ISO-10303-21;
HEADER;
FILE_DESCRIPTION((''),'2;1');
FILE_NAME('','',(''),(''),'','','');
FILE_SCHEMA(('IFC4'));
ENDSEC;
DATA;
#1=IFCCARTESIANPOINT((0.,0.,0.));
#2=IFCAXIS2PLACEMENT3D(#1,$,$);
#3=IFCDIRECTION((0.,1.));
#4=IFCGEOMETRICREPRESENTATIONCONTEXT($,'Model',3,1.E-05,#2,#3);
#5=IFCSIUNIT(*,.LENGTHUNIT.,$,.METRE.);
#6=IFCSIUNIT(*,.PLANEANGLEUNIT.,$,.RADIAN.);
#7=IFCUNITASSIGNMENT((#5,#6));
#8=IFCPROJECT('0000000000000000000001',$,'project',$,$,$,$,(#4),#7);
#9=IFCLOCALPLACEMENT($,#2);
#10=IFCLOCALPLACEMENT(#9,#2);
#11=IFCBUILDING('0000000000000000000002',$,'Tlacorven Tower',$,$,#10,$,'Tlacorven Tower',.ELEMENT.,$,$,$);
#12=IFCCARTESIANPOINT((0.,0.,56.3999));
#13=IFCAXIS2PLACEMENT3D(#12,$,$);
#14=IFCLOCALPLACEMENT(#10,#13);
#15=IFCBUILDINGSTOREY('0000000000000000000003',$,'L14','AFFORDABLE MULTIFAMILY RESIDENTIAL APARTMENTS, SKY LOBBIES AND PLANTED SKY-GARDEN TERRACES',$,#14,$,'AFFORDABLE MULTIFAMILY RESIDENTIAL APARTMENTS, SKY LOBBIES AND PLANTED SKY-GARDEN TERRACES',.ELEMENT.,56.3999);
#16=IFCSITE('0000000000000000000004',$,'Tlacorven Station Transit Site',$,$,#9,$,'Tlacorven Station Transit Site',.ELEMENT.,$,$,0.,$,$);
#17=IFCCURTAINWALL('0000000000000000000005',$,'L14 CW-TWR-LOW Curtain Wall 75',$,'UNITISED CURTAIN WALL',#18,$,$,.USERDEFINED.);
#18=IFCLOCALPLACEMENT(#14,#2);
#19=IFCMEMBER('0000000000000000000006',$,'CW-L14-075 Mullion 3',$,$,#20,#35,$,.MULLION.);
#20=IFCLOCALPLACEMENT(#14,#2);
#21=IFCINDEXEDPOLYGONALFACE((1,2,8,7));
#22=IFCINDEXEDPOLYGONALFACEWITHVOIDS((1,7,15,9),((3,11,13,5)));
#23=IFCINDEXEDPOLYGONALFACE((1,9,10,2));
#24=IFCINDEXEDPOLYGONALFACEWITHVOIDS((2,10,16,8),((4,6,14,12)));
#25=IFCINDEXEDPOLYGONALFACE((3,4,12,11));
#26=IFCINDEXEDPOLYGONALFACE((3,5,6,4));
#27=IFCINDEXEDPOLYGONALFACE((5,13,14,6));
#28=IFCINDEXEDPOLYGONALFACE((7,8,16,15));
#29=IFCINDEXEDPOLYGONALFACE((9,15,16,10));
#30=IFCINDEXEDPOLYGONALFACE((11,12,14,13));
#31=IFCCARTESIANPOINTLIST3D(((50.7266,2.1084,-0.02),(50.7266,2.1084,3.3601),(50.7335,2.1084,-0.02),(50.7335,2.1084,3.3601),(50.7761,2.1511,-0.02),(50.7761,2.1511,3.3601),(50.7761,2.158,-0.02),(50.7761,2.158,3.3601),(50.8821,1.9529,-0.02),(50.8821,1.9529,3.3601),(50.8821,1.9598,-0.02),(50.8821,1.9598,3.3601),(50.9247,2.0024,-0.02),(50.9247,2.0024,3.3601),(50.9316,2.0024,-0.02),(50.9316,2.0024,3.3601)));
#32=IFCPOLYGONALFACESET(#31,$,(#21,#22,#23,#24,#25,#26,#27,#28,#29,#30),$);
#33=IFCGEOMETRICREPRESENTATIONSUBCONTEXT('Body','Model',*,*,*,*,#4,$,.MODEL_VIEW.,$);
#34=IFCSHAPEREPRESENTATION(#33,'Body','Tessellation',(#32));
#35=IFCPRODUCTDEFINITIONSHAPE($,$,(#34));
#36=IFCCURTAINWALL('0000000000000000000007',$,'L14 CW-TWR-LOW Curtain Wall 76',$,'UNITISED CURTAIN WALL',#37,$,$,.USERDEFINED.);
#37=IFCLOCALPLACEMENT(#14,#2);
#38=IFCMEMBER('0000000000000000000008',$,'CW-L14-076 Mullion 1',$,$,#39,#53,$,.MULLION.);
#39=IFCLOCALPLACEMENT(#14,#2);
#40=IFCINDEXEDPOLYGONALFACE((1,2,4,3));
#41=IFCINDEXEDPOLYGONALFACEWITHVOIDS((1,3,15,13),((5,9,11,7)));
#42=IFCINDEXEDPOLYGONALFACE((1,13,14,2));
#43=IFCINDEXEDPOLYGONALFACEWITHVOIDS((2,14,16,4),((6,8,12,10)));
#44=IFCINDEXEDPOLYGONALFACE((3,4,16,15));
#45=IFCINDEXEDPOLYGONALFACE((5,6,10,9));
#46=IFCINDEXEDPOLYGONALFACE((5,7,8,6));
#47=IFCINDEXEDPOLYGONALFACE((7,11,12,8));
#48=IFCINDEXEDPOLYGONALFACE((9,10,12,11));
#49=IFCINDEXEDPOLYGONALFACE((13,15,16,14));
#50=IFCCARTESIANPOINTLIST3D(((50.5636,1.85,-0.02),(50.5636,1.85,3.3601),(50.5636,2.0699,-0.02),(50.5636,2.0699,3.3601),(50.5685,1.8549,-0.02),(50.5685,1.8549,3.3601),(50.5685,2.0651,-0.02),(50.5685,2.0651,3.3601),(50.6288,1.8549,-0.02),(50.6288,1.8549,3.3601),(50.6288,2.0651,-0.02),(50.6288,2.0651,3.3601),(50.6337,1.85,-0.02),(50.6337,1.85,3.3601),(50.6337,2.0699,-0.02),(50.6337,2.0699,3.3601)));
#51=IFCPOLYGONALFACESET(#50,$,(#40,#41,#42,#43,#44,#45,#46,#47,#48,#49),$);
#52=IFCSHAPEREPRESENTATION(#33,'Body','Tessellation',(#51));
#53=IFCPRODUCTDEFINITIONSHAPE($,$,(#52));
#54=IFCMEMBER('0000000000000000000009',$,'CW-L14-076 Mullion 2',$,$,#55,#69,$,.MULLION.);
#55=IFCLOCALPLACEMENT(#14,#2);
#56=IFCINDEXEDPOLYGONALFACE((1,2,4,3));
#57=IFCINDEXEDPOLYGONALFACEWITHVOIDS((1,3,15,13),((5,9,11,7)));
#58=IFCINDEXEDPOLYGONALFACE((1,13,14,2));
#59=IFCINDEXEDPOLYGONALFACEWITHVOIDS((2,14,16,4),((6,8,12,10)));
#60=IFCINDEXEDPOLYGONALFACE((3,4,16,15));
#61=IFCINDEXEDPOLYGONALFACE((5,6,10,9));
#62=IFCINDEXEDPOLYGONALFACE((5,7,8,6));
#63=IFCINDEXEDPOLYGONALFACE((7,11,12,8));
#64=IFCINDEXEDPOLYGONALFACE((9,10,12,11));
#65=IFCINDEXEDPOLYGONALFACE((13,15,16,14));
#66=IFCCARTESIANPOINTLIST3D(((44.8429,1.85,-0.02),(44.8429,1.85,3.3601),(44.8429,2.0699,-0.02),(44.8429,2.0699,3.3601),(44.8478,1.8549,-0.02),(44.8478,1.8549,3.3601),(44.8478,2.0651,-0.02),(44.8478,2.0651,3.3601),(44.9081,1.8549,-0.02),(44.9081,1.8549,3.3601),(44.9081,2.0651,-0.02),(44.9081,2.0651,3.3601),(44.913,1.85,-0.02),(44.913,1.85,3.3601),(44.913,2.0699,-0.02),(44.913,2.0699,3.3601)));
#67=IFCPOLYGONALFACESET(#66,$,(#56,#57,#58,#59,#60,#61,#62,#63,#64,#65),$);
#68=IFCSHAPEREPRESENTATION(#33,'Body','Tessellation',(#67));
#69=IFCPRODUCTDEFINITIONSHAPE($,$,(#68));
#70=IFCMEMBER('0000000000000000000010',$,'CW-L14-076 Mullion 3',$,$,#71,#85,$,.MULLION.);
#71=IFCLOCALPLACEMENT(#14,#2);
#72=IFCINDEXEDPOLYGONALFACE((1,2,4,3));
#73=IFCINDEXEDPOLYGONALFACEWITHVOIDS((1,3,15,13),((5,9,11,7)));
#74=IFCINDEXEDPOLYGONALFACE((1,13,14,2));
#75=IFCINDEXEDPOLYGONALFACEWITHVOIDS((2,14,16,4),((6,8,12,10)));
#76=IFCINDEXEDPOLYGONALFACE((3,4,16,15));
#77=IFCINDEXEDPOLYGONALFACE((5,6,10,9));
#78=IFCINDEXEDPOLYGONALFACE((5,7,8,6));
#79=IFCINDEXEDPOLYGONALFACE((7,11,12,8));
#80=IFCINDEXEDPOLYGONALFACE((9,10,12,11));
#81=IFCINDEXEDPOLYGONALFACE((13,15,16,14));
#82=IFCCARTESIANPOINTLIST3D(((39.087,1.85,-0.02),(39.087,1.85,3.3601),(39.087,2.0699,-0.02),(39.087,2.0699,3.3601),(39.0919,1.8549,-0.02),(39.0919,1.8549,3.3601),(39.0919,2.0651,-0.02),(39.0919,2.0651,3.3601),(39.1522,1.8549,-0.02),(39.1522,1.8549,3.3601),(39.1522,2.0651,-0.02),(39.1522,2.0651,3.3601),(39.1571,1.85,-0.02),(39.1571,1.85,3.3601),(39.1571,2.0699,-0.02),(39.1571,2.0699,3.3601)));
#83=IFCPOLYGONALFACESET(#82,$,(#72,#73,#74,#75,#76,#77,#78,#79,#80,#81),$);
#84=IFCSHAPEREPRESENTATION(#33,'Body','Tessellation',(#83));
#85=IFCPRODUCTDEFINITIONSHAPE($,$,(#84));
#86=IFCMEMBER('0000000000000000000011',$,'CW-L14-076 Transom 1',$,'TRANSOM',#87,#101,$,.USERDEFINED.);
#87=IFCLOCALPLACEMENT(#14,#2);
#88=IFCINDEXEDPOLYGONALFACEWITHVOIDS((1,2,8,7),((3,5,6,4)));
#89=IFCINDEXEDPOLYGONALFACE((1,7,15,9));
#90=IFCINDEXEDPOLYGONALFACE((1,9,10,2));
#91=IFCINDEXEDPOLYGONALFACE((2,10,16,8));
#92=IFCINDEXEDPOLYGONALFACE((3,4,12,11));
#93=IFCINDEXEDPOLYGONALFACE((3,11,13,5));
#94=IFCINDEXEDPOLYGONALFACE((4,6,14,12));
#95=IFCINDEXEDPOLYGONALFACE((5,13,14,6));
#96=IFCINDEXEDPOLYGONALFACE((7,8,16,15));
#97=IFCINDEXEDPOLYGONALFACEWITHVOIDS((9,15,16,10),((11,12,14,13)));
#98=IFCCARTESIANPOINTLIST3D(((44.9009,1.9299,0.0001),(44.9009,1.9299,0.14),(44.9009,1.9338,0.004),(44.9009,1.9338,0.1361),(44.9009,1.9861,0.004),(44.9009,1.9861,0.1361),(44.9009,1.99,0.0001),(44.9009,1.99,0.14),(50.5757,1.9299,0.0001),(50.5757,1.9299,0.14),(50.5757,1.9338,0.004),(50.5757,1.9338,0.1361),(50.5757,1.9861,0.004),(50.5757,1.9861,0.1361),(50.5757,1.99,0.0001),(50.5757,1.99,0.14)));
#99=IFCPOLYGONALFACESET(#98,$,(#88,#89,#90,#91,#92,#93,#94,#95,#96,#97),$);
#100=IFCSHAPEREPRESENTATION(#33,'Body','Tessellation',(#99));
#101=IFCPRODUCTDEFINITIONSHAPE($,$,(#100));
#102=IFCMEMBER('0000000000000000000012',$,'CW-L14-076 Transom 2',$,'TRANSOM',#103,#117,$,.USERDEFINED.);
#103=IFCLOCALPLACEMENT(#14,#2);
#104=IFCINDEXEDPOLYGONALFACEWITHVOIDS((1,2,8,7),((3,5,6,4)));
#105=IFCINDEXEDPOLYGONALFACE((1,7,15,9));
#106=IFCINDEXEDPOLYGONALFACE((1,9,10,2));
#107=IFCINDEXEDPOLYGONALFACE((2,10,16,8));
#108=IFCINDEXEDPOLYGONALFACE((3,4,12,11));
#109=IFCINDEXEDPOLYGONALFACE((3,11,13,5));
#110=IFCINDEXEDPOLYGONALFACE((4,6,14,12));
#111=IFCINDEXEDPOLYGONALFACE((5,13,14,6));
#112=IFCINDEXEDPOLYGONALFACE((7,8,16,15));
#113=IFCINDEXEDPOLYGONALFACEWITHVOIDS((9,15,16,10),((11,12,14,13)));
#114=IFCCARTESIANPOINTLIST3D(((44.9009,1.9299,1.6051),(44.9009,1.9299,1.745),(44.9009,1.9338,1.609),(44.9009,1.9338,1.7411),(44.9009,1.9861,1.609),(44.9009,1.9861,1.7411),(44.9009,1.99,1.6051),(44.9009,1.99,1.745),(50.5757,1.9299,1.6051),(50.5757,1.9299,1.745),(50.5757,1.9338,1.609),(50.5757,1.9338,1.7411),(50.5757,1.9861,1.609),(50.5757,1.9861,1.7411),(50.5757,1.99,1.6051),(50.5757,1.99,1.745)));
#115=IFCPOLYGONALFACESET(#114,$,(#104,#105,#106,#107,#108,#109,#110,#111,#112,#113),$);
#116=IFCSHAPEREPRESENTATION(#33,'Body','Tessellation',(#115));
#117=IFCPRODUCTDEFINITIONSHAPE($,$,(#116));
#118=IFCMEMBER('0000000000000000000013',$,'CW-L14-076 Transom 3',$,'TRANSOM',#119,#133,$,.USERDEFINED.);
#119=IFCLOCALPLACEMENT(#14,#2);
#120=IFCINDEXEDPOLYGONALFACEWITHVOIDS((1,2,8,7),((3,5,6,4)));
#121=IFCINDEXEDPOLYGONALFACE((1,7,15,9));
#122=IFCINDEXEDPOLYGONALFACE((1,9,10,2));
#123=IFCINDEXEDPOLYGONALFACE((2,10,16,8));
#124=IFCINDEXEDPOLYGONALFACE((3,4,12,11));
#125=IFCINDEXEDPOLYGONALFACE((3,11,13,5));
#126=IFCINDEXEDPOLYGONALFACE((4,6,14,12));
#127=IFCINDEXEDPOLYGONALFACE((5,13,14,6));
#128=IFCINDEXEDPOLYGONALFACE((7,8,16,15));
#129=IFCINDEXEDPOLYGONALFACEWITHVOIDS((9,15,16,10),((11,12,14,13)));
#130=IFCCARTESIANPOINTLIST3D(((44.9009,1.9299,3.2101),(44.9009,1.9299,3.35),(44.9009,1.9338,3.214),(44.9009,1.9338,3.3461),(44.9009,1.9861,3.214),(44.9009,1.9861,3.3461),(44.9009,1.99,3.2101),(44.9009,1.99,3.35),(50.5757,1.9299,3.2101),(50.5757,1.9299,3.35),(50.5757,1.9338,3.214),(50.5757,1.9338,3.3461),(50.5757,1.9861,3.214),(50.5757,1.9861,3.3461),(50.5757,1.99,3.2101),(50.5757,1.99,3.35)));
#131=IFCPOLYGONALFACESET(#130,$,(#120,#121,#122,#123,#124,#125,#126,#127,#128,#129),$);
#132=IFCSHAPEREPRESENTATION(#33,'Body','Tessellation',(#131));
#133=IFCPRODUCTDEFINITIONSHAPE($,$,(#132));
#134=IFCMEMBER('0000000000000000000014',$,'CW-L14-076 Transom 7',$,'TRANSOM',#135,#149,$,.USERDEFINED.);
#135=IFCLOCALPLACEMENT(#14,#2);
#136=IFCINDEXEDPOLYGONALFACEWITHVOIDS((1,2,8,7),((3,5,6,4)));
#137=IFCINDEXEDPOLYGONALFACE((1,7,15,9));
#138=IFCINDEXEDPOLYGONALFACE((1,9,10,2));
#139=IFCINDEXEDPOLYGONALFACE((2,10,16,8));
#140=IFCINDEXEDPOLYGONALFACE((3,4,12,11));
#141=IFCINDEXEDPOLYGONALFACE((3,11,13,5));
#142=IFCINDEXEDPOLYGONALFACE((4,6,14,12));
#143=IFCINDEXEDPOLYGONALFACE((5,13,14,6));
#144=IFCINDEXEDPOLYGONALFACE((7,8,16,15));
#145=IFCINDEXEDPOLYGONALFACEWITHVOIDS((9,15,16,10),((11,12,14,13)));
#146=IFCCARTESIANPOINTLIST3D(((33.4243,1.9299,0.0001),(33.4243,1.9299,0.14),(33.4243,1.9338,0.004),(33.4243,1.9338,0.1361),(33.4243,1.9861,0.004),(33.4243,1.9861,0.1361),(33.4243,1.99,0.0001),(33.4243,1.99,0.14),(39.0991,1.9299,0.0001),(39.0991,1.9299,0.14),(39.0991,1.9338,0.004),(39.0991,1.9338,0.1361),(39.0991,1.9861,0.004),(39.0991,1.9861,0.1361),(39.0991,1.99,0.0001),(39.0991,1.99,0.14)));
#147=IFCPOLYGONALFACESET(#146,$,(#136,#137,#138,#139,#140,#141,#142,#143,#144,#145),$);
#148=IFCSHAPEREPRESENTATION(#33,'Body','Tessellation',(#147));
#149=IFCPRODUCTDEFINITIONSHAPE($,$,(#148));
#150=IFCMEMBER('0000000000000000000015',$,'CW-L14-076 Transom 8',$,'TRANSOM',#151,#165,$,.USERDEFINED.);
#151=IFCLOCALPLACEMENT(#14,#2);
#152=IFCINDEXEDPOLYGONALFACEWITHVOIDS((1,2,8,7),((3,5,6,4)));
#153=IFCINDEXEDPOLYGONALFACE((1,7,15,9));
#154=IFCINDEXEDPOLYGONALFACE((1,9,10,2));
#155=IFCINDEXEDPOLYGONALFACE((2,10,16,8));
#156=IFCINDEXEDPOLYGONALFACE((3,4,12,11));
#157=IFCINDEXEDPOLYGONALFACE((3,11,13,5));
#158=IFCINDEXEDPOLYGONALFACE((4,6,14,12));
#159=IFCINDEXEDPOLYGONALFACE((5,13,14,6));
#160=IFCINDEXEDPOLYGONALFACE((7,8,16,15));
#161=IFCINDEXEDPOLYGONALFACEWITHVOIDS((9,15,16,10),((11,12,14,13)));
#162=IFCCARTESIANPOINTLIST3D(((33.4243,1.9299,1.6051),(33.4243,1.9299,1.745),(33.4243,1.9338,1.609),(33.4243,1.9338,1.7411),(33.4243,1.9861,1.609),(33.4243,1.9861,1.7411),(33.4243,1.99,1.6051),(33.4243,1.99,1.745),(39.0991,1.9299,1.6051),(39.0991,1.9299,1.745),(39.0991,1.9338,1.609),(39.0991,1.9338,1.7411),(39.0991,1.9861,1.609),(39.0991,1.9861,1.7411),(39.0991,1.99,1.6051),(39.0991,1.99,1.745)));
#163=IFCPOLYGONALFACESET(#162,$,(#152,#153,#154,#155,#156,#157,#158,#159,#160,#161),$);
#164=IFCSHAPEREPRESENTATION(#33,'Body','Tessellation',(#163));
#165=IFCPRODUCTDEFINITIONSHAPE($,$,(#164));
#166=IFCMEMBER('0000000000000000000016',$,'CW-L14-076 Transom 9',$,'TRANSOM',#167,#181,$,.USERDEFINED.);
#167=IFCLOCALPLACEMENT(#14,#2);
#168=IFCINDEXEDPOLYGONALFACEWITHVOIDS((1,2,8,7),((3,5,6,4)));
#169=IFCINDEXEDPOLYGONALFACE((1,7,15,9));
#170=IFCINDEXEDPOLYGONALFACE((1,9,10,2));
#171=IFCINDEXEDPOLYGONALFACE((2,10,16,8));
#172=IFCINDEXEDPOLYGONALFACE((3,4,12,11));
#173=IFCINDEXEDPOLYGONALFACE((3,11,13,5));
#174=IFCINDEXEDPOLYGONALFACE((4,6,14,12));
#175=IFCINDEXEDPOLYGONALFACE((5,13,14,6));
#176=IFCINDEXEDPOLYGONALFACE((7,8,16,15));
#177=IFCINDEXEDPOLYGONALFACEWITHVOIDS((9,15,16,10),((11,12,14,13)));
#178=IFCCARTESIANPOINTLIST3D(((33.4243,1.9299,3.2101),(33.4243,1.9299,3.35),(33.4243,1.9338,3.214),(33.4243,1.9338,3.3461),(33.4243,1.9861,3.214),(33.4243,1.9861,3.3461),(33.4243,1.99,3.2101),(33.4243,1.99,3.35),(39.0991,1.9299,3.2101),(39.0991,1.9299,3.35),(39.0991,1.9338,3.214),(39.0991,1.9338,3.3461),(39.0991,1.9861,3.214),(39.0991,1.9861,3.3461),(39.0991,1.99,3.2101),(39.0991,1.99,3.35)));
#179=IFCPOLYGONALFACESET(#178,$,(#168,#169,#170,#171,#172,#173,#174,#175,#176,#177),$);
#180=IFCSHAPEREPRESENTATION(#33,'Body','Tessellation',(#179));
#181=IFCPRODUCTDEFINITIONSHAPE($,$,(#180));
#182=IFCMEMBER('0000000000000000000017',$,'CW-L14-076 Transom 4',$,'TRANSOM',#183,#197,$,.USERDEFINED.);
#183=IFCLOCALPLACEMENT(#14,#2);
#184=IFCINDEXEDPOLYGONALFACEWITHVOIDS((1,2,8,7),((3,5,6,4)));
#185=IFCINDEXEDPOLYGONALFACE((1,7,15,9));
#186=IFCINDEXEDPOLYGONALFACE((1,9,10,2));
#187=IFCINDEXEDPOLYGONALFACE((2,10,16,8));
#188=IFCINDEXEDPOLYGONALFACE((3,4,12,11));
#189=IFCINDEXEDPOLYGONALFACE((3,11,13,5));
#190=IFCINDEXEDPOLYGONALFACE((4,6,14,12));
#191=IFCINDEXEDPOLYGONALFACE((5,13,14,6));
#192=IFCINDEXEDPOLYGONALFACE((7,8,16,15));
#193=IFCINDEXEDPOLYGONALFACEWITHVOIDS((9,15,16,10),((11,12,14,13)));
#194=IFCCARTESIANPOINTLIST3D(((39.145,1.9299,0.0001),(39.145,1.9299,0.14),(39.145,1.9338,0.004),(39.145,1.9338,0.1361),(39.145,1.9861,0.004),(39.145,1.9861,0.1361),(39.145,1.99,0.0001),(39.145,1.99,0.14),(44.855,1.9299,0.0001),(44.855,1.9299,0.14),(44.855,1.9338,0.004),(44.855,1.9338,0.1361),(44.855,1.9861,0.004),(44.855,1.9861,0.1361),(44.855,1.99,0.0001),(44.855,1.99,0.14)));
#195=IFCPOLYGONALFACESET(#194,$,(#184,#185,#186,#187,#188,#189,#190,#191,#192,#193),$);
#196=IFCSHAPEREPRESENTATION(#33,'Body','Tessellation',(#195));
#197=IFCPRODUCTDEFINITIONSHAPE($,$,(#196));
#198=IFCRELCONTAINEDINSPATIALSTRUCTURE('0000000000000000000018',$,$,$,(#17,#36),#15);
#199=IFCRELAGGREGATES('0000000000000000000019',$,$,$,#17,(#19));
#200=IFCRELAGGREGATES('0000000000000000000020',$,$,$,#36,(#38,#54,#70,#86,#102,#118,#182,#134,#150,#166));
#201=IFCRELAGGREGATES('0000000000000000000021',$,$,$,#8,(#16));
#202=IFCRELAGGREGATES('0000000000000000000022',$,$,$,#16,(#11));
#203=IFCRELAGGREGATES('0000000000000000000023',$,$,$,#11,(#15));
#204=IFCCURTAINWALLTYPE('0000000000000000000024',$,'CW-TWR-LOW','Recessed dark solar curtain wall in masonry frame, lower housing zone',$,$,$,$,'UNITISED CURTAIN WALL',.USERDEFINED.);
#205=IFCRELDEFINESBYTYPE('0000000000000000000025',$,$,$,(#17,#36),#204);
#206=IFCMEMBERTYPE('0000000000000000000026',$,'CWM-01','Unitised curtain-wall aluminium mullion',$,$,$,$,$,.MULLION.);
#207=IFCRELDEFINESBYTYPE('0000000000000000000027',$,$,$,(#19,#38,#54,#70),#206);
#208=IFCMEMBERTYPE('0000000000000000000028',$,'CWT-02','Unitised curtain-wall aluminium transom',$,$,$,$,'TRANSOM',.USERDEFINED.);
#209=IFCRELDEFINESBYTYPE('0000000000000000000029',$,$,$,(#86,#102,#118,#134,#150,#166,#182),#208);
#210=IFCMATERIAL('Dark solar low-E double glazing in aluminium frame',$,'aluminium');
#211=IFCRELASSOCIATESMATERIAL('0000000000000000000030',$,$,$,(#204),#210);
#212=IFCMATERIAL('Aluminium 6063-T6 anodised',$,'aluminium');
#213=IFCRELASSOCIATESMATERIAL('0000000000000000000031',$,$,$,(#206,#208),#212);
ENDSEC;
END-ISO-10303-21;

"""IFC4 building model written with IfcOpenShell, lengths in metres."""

from ifc_helpers import new_model, si_unit, direction, frame, origin, origin_2d, place, context, subcontext, project, spatial, hollow_rectangle, extrude, source, transform, mapped, material, material_profile, profile_set, type_object, element, aggregate, save


model = new_model("IFC4")

# Units and contexts
model_context = context("Model", 3, precision=1e-05, world=origin(), true_north=direction((0.0, 1.0)))
body_context = subcontext(model_context, "Body", "Model", "MODEL_VIEW")
ifc_project = project(units=[si_unit("LENGTHUNIT", "METRE"), si_unit("PLANEANGLEUNIT", "RADIAN")], contexts=[model_context])

# Site, building, storey
site_placement = place(None, origin())
site = spatial("IfcSite", under=ifc_project, at=site_placement, Name="Tlacorven Station Transit Site", LongName="Tlacorven Station Transit Site", CompositionType="ELEMENT", RefElevation=0.0)
building_placement = place(site_placement, origin())
building = spatial("IfcBuilding", under=site, at=building_placement, Name="Tlacorven Tower", LongName="Tlacorven Tower", CompositionType="ELEMENT")
storey_placement = place(building_placement, frame((0.0, 0.0, 56.3999)))
storey = spatial("IfcBuildingStorey", under=building, at=storey_placement, Name="L14", Description="AFFORDABLE MULTIFAMILY RESIDENTIAL APARTMENTS, SKY LOBBIES AND PLANTED SKY-GARDEN TERRACES", LongName="AFFORDABLE MULTIFAMILY RESIDENTIAL APARTMENTS, SKY LOBBIES AND PLANTED SKY-GARDEN TERRACES", CompositionType="ELEMENT", Elevation=56.3999)

# Curtain wall, member
ifc_material_1 = material(Name="Dark solar low-E double glazing in aluminium frame", Category="aluminium")
curtain_wall_type = type_object("IfcCurtainWallType", Name="CW-TWR-LOW", Description="Recessed dark solar curtain wall in masonry frame, lower housing zone", ElementType="UNITISED CURTAIN WALL", PredefinedType="USERDEFINED", material=ifc_material_1)
curtain_wall_1_placement = place(storey_placement, origin())
curtain_wall_1 = element("IfcCurtainWall", 1, at=curtain_wall_1_placement, inside=storey, type_object=curtain_wall_type, Name="L14 CW-TWR-LOW Curtain Wall 75", ObjectType="UNITISED CURTAIN WALL", PredefinedType="USERDEFINED")
ifc_material_2 = material(Name="Aluminium 6063-T6 anodised", Category="aluminium")
ifc_material_profile_1 = material_profile(ifc_material_2, hollow_rectangle(XDim=0.0701, YDim=0.22, WallThickness=0.0049, at=origin_2d()), Name="ALU MULLION 70X220")
ifc_profile_set_1 = profile_set([ifc_material_profile_1], Name="Aluminium 6063-T6 anodised")
member_type_1 = type_object("IfcMemberType", Name="CWM-01", Description="Unitised curtain-wall aluminium mullion", PredefinedType="MULLION", material=ifc_profile_set_1)
shared_shape_1 = source(origin(), body_context, "Body", "SweptSolid", [
    extrude(hollow_rectangle(XDim=0.0701, YDim=0.22, WallThickness=0.0049, at=origin_2d()), origin(), (0.0, 0.0, 1.0), 3.3801),
])
member_1_placement = place(storey_placement, frame((50.8291, 2.0554, -0.02), z_axis=(0.0, 0.0, 1.0), x_axis=(-0.707107, -0.707107, 0.0)))
member_1 = element("IfcMember", 2, at=member_1_placement, type_object=member_type_1, Name="CW-L14-075 Mullion 3", PredefinedType="MULLION", context=body_context, shape_type="MappedRepresentation", body=[
    mapped(shared_shape_1, transform((0.0, 0.0, 0.0), scale=1.0)),
])

# Curtain wall, members
curtain_wall_2_placement = place(storey_placement, origin())
curtain_wall_2 = element("IfcCurtainWall", 3, at=curtain_wall_2_placement, inside=storey, type_object=curtain_wall_type, Name="L14 CW-TWR-LOW Curtain Wall 76", ObjectType="UNITISED CURTAIN WALL", PredefinedType="USERDEFINED")
member_2_placement = place(storey_placement, frame((50.5986, 1.96, -0.02), z_axis=(0.0, 0.0, 1.0), x_axis=(-1.0, 0.0, 0.0)))
member_2 = element("IfcMember", 4, at=member_2_placement, type_object=member_type_1, Name="CW-L14-076 Mullion 1", PredefinedType="MULLION", context=body_context, shape_type="MappedRepresentation", body=[
    mapped(shared_shape_1, transform((0.0, 0.0, 0.0), scale=1.0)),
])
member_3_placement = place(storey_placement, frame((44.8779, 1.96, -0.02), z_axis=(0.0, 0.0, 1.0), x_axis=(-1.0, 0.0, 0.0)))
member_3 = element("IfcMember", 5, at=member_3_placement, type_object=member_type_1, Name="CW-L14-076 Mullion 2", PredefinedType="MULLION", context=body_context, shape_type="MappedRepresentation", body=[
    mapped(shared_shape_1, transform((0.0, 0.0, 0.0), scale=1.0)),
])
member_4_placement = place(storey_placement, frame((39.1221, 1.96, -0.02), z_axis=(0.0, 0.0, 1.0), x_axis=(-1.0, 0.0, 0.0)))
member_4 = element("IfcMember", 6, at=member_4_placement, type_object=member_type_1, Name="CW-L14-076 Mullion 3", PredefinedType="MULLION", context=body_context, shape_type="MappedRepresentation", body=[
    mapped(shared_shape_1, transform((0.0, 0.0, 0.0), scale=1.0)),
])
ifc_material_profile_2 = material_profile(ifc_material_2, hollow_rectangle(XDim=0.0601, YDim=0.1399, WallThickness=0.0039, at=origin_2d()), Name="ALU TRANSOM 60X140")
ifc_profile_set_2 = profile_set([ifc_material_profile_2], Name="Aluminium 6063-T6 anodised")
member_type_2 = type_object("IfcMemberType", Name="CWT-02", Description="Unitised curtain-wall aluminium transom", ElementType="TRANSOM", PredefinedType="USERDEFINED", material=ifc_profile_set_2)
shared_shape_2 = source(origin(), body_context, "Body", "SweptSolid", [
    extrude(hollow_rectangle(XDim=0.0601, YDim=0.1399, WallThickness=0.0039, at=origin_2d()), origin(), (0.0, 0.0, 1.0), 5.6748),
])
member_5_placement = place(storey_placement, frame((50.5757, 1.96, 0.0701), z_axis=(-1.0, 0.0, 0.0), x_axis=(0.0, -1.0, 0.0)))
member_5 = element("IfcMember", 7, at=member_5_placement, type_object=member_type_2, Name="CW-L14-076 Transom 1", ObjectType="TRANSOM", PredefinedType="USERDEFINED", context=body_context, shape_type="MappedRepresentation", body=[
    mapped(shared_shape_2, transform((0.0, 0.0, 0.0), scale=1.0)),
])
member_6_placement = place(storey_placement, frame((50.5757, 1.96, 1.675), z_axis=(-1.0, 0.0, 0.0), x_axis=(0.0, -1.0, 0.0)))
member_6 = element("IfcMember", 8, at=member_6_placement, type_object=member_type_2, Name="CW-L14-076 Transom 2", ObjectType="TRANSOM", PredefinedType="USERDEFINED", context=body_context, shape_type="MappedRepresentation", body=[
    mapped(shared_shape_2, transform((0.0, 0.0, 0.0), scale=1.0)),
])
member_7_placement = place(storey_placement, frame((50.5757, 1.96, 3.28), z_axis=(-1.0, 0.0, 0.0), x_axis=(0.0, -1.0, 0.0)))
member_7 = element("IfcMember", 9, at=member_7_placement, type_object=member_type_2, Name="CW-L14-076 Transom 3", ObjectType="TRANSOM", PredefinedType="USERDEFINED", context=body_context, shape_type="MappedRepresentation", body=[
    mapped(shared_shape_2, transform((0.0, 0.0, 0.0), scale=1.0)),
])
member_8_placement = place(storey_placement, frame((39.0991, 1.96, 0.0701), z_axis=(-1.0, 0.0, 0.0), x_axis=(0.0, -1.0, 0.0)))
member_8 = element("IfcMember", 10, at=member_8_placement, type_object=member_type_2, Name="CW-L14-076 Transom 7", ObjectType="TRANSOM", PredefinedType="USERDEFINED", context=body_context, shape_type="MappedRepresentation", body=[
    mapped(shared_shape_2, transform((0.0, 0.0, 0.0), scale=1.0)),
])
member_9_placement = place(storey_placement, frame((39.0991, 1.96, 1.675), z_axis=(-1.0, 0.0, 0.0), x_axis=(0.0, -1.0, 0.0)))
member_9 = element("IfcMember", 11, at=member_9_placement, type_object=member_type_2, Name="CW-L14-076 Transom 8", ObjectType="TRANSOM", PredefinedType="USERDEFINED", context=body_context, shape_type="MappedRepresentation", body=[
    mapped(shared_shape_2, transform((0.0, 0.0, 0.0), scale=1.0)),
])
member_10_placement = place(storey_placement, frame((39.0991, 1.96, 3.28), z_axis=(-1.0, 0.0, 0.0), x_axis=(0.0, -1.0, 0.0)))
member_10 = element("IfcMember", 12, at=member_10_placement, type_object=member_type_2, Name="CW-L14-076 Transom 9", ObjectType="TRANSOM", PredefinedType="USERDEFINED", context=body_context, shape_type="MappedRepresentation", body=[
    mapped(shared_shape_2, transform((0.0, 0.0, 0.0), scale=1.0)),
])
shared_shape_3 = source(origin(), body_context, "Body", "SweptSolid", [
    extrude(hollow_rectangle(XDim=0.0601, YDim=0.1399, WallThickness=0.0039, at=origin_2d()), origin(), (0.0, 0.0, 1.0), 5.71),
])
member_11_placement = place(storey_placement, frame((44.855, 1.96, 0.0701), z_axis=(-1.0, 0.0, 0.0), x_axis=(0.0, -1.0, 0.0)))
member_11 = element("IfcMember", 13, at=member_11_placement, type_object=member_type_2, Name="CW-L14-076 Transom 4", ObjectType="TRANSOM", PredefinedType="USERDEFINED", context=body_context, shape_type="MappedRepresentation", body=[
    mapped(shared_shape_3, transform((0.0, 0.0, 0.0), scale=1.0)),
])

aggregate(curtain_wall_1, [member_1])
aggregate(curtain_wall_2, [member_2, member_3, member_4, member_5, member_6, member_7, member_11, member_8, member_9, member_10])

save(model, "model.ifc")
